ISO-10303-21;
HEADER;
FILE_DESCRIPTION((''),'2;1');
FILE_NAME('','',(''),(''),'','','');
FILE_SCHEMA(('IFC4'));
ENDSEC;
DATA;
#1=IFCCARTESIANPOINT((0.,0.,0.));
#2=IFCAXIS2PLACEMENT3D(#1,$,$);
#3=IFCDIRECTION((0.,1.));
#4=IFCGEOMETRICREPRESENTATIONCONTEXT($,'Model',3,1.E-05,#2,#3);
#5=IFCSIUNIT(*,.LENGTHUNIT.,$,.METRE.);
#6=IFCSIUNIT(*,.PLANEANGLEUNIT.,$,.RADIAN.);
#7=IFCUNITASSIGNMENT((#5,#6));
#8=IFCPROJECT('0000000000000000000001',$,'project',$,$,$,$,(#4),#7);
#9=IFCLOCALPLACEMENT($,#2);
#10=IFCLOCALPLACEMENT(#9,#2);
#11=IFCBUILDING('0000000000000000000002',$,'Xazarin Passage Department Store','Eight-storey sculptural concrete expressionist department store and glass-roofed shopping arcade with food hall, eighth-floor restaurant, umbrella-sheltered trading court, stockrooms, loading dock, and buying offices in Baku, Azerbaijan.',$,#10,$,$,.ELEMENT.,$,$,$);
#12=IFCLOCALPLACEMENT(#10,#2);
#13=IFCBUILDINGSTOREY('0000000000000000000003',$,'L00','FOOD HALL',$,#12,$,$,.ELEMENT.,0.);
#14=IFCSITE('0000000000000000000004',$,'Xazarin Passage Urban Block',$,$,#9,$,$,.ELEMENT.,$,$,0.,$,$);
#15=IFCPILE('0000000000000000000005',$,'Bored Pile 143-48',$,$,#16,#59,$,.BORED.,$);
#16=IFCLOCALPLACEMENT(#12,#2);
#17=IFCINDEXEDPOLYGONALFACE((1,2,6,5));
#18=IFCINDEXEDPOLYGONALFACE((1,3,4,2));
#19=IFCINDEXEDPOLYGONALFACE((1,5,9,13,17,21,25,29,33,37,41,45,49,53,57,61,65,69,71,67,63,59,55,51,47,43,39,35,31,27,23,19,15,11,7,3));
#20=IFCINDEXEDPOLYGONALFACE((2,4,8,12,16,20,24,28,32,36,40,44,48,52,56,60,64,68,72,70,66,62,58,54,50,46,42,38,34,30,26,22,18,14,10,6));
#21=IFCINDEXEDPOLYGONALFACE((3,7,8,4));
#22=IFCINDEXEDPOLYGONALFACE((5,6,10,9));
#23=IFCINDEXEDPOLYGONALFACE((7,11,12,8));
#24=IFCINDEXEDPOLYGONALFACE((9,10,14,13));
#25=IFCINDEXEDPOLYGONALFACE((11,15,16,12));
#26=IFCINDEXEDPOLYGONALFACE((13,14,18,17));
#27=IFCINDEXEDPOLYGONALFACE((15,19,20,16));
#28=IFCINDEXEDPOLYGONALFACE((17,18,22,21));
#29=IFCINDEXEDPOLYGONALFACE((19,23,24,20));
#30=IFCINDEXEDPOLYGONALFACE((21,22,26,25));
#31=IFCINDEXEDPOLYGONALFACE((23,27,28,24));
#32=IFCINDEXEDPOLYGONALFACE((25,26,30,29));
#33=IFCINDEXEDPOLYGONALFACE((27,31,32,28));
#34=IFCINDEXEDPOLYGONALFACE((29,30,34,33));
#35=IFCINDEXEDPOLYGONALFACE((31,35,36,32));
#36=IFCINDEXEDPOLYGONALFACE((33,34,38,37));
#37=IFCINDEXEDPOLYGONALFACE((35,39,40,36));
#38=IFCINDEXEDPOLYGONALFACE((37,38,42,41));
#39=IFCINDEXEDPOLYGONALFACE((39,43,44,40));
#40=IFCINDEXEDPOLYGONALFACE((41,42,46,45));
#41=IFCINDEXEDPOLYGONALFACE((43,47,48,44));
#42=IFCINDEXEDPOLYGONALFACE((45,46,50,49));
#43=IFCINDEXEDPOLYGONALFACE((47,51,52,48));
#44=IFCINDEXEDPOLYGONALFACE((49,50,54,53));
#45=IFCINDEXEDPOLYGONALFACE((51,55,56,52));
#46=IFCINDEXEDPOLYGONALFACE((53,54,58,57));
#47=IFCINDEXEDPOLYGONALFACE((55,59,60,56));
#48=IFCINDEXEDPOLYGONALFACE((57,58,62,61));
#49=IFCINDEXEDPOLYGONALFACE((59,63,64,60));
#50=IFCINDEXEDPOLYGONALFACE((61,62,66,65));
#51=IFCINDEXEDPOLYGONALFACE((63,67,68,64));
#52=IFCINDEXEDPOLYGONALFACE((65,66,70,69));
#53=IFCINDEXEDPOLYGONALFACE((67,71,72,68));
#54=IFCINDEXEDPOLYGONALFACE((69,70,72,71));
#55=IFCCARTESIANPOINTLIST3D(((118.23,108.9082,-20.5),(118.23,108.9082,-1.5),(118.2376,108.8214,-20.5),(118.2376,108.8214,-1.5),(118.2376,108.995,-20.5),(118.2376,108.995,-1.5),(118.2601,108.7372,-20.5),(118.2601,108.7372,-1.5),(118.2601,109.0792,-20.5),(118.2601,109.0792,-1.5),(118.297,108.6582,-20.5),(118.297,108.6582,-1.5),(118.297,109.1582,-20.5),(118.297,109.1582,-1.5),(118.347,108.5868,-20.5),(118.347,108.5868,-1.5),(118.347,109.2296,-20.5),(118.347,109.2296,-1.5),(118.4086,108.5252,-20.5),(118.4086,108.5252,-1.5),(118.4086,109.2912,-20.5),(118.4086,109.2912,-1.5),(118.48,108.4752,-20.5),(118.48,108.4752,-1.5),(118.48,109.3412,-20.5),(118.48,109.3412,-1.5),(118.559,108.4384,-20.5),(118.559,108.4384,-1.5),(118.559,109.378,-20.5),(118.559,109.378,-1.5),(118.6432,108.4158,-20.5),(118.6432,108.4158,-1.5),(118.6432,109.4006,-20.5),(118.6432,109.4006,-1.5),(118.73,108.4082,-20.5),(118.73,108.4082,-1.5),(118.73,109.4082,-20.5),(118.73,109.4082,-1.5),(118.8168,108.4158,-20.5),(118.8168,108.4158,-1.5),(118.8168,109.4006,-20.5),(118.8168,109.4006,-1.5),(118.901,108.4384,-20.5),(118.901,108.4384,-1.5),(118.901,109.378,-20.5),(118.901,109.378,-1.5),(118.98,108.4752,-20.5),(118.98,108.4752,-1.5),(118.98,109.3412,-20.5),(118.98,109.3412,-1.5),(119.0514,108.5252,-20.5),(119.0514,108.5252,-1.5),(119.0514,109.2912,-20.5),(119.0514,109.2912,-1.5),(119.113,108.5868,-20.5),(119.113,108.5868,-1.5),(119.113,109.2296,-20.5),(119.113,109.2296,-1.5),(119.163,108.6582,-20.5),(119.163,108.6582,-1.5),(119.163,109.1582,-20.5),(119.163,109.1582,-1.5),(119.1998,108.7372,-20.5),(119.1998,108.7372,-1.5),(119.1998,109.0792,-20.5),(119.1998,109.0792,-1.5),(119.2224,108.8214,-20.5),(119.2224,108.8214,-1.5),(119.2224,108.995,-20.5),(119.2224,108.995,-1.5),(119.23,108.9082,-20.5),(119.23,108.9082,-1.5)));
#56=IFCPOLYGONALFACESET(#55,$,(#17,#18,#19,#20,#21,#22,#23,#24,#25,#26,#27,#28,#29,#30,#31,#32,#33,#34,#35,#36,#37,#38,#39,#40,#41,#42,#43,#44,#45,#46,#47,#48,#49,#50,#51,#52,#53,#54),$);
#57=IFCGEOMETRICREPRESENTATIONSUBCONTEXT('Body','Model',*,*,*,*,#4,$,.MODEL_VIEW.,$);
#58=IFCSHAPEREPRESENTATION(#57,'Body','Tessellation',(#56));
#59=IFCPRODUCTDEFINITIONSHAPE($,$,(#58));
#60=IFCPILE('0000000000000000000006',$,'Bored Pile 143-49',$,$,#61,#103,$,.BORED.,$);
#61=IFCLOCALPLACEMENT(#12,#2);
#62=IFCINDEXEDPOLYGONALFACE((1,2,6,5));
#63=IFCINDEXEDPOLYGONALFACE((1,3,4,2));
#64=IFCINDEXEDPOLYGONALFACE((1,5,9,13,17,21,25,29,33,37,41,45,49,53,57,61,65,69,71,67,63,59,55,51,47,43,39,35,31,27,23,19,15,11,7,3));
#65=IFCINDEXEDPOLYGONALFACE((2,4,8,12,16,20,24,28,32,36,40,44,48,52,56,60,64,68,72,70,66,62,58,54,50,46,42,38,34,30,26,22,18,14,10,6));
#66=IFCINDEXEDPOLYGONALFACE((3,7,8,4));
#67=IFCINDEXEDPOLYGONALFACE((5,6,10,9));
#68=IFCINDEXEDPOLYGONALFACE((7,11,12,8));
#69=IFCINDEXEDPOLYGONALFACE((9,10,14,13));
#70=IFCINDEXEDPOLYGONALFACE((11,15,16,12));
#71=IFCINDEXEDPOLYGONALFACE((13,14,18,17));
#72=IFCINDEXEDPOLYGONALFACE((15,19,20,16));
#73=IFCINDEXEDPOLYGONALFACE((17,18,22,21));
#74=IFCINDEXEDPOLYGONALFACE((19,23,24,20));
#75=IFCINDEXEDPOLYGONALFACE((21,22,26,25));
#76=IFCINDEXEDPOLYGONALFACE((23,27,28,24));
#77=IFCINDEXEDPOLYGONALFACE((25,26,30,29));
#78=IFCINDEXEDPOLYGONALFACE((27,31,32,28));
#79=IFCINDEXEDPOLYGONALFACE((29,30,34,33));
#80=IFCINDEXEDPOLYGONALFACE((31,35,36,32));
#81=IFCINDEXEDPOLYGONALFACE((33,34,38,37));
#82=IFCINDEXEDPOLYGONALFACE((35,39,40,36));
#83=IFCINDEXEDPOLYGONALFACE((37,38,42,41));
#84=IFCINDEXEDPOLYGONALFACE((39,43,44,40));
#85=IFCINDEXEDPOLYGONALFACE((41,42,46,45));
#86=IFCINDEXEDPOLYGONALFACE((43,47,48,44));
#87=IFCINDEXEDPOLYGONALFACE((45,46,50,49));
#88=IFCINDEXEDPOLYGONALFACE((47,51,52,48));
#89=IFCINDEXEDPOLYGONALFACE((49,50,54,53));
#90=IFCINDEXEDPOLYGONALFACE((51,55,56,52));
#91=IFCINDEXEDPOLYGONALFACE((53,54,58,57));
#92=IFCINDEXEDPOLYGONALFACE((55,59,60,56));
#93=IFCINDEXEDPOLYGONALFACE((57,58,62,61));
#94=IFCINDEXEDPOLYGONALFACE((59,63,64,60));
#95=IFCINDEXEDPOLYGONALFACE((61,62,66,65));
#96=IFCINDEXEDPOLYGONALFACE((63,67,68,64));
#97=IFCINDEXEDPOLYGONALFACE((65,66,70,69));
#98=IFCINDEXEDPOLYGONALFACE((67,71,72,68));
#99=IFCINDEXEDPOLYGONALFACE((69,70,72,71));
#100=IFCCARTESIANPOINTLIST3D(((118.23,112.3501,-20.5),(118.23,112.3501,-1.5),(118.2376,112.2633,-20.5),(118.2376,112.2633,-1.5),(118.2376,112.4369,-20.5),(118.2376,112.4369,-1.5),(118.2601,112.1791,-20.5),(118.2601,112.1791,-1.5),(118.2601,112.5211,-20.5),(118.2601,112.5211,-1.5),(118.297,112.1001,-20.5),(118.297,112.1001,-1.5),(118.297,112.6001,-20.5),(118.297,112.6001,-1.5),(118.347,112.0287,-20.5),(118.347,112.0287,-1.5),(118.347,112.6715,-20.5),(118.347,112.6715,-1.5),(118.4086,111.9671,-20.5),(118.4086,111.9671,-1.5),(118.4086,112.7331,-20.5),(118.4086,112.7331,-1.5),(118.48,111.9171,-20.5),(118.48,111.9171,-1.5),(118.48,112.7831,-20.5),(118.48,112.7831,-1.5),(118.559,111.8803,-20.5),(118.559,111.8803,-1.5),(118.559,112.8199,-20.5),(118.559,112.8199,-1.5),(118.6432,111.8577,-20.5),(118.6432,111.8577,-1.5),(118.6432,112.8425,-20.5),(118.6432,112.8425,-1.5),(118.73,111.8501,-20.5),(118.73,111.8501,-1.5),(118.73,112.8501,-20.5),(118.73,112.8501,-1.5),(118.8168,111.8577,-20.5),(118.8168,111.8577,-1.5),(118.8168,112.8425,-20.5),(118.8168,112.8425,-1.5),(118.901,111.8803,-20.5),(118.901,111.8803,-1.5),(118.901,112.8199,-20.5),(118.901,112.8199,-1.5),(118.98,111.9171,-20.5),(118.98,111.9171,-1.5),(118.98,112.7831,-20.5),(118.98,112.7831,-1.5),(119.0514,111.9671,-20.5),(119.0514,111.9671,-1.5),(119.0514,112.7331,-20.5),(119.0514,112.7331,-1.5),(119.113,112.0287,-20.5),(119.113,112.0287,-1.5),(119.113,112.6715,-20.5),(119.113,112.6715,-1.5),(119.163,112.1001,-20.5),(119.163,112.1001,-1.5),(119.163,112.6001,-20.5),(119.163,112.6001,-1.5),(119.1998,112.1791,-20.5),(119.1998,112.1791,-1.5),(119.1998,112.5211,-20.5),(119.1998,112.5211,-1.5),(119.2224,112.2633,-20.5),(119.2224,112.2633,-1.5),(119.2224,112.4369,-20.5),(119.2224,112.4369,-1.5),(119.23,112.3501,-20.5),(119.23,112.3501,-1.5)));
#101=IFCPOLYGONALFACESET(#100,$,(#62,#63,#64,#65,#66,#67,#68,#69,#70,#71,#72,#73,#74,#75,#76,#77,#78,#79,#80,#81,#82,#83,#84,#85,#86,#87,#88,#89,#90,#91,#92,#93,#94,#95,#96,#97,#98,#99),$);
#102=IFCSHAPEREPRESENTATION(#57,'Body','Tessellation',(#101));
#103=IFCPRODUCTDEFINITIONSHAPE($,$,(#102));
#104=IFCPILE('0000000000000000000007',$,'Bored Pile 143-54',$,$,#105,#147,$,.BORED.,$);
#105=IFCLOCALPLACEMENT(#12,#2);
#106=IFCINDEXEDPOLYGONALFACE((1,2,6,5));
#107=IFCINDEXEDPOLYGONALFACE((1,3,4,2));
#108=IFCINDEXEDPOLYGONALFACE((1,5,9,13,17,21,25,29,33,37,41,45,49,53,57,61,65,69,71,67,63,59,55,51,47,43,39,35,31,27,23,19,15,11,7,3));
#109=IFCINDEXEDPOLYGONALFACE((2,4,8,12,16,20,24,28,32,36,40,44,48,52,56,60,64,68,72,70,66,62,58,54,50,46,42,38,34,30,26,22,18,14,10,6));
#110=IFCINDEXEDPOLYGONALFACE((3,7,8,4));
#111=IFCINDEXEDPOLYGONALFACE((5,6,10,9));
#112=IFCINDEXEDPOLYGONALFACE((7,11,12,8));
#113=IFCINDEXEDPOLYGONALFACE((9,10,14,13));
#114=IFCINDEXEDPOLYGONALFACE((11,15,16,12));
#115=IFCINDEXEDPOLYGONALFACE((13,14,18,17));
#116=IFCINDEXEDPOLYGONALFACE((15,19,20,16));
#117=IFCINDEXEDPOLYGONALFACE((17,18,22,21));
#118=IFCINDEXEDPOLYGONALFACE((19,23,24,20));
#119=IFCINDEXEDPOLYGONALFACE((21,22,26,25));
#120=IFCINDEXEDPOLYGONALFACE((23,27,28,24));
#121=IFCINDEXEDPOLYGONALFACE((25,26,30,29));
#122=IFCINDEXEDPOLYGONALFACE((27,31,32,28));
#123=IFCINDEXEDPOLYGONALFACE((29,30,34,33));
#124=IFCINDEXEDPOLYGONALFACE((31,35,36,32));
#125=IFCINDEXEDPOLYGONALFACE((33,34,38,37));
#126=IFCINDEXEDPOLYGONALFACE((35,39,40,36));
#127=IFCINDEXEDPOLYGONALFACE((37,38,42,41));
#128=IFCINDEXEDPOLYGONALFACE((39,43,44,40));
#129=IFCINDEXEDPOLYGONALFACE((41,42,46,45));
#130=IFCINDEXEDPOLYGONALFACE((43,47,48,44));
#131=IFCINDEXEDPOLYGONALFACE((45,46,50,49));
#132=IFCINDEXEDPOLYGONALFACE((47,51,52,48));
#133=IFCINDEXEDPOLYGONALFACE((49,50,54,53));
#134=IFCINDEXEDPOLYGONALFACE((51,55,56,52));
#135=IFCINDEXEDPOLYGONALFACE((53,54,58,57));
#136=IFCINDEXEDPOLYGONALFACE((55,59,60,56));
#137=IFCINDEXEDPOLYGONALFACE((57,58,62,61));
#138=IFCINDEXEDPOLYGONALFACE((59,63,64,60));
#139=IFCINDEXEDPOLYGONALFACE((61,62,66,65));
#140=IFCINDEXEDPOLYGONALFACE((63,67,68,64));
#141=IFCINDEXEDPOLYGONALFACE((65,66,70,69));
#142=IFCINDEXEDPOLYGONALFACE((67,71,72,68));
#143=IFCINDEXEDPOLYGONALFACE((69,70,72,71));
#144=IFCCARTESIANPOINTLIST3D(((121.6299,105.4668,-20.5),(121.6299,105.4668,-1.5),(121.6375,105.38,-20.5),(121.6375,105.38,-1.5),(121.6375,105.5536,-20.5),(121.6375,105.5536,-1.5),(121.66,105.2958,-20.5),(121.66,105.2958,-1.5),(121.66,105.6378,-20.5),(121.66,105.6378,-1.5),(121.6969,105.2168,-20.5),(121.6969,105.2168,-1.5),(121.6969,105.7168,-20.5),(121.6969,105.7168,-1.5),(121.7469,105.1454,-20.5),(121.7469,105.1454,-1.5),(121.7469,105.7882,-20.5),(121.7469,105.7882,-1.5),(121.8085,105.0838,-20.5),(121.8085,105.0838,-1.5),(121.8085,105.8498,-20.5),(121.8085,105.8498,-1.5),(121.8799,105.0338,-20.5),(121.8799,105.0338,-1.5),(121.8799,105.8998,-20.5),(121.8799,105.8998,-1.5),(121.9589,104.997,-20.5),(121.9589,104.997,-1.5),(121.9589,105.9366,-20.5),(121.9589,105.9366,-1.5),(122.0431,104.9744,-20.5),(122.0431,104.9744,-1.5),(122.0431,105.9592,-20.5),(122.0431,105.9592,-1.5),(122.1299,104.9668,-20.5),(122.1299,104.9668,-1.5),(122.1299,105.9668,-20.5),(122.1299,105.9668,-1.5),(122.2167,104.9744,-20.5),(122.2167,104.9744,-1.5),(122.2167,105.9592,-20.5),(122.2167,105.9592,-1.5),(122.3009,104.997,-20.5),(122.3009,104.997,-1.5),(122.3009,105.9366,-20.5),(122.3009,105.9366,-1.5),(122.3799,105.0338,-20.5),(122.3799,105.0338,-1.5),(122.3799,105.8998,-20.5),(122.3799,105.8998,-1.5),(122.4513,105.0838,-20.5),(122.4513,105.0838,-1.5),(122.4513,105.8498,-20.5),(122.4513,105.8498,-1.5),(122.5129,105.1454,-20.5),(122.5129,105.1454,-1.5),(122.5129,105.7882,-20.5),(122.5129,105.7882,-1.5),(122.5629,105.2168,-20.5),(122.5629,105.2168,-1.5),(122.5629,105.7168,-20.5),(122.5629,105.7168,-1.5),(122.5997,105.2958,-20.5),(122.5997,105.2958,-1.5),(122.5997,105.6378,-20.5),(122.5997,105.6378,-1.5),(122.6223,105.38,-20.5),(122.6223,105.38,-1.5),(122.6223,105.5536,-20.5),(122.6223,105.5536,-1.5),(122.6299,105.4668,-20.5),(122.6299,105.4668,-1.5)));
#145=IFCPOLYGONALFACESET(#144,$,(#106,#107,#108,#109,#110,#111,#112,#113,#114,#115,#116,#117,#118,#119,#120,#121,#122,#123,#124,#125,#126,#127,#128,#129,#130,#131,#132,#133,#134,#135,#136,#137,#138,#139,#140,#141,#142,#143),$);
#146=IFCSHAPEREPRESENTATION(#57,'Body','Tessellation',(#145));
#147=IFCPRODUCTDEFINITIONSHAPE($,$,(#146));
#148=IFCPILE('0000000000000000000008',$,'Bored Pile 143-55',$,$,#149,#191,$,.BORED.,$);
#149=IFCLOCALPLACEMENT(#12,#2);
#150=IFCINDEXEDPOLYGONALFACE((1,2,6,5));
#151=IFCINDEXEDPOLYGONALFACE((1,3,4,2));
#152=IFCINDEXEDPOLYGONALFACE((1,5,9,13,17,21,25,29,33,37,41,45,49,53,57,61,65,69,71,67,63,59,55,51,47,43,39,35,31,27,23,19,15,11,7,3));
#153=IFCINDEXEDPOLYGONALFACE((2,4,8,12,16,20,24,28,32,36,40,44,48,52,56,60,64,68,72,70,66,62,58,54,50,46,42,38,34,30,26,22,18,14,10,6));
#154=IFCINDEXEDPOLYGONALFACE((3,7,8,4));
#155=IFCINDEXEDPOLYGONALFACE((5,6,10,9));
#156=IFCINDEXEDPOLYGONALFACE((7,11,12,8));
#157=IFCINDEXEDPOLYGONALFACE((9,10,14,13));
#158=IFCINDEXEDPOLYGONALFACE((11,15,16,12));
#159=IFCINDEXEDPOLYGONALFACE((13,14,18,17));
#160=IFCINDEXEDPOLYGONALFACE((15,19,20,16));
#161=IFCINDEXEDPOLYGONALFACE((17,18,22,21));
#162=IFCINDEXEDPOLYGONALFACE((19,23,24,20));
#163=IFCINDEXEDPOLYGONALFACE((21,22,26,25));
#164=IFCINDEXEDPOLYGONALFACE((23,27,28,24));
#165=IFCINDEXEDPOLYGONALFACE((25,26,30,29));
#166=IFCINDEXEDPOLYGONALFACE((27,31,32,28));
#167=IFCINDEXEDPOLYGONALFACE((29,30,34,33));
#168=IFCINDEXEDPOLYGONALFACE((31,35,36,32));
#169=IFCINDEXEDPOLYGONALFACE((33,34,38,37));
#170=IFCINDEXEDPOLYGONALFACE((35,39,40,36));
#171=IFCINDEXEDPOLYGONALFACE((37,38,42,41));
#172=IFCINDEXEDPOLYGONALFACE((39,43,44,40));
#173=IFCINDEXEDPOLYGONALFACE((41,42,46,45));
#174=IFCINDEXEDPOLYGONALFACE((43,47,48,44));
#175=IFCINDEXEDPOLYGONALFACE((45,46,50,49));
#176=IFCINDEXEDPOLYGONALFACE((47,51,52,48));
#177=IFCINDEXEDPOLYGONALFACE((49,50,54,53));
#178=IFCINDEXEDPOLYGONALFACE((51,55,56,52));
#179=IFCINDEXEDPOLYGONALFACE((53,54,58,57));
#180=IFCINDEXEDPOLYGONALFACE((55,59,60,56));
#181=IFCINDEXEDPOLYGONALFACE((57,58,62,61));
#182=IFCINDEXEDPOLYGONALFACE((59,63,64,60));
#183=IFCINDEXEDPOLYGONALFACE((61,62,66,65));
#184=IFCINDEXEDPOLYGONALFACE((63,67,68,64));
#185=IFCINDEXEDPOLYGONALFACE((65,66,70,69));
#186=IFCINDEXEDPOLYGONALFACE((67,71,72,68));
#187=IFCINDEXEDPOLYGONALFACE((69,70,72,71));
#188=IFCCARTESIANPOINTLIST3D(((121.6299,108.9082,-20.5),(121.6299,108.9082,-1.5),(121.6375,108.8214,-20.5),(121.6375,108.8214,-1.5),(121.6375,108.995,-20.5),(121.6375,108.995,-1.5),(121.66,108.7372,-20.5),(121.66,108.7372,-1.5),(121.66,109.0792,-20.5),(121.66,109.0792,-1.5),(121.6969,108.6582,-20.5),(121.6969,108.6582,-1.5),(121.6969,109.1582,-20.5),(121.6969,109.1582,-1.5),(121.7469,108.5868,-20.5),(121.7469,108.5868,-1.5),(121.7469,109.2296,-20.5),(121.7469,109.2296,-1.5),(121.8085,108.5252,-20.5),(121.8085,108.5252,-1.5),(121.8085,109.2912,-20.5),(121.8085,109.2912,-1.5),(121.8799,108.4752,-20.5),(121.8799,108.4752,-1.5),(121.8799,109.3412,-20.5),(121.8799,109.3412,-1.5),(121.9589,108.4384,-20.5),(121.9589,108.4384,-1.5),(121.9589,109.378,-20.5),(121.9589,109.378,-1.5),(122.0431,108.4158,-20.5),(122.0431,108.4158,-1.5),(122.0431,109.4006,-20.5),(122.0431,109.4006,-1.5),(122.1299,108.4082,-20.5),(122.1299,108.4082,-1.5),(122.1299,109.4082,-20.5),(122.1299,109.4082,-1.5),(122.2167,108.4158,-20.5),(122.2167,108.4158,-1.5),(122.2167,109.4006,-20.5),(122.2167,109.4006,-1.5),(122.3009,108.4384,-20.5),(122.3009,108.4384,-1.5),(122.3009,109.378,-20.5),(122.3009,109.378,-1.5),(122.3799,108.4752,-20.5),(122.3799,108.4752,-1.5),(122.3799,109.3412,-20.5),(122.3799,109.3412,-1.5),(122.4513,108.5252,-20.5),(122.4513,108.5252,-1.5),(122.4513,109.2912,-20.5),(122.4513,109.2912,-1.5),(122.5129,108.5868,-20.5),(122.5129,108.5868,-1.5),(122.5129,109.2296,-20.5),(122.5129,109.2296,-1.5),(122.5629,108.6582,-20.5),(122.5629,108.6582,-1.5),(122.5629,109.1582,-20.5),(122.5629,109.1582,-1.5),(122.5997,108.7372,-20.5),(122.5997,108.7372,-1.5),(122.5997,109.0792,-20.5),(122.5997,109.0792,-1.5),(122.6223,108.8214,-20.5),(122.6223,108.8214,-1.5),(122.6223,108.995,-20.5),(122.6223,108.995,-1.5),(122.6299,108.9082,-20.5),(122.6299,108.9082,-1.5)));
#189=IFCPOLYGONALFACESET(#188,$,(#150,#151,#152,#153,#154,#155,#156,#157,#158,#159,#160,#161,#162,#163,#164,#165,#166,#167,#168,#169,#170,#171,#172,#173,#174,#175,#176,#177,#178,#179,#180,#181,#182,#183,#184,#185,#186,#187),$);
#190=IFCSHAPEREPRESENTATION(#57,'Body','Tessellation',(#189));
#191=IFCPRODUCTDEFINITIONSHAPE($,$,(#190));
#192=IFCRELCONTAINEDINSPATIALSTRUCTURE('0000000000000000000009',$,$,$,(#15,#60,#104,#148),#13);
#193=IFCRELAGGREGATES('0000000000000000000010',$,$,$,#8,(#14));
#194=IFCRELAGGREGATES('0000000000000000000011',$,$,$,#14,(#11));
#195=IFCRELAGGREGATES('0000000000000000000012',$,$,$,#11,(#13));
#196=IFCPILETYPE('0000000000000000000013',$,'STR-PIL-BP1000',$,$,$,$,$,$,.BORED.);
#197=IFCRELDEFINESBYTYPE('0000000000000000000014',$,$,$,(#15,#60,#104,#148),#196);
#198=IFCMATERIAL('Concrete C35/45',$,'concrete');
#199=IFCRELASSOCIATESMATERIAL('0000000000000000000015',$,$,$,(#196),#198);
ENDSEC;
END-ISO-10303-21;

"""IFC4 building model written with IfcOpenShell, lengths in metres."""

from ifc_helpers import new_model, si_unit, direction, frame, origin, origin_2d, place, context, subcontext, project, spatial, circle, extrude, material, material_profile, profile_set, type_object, element, save


model = new_model("IFC4")

# Units and contexts
model_context = context("Model", 3, precision=1e-05, world=origin(), true_north=direction((0.0, 1.0)))
body_context = subcontext(model_context, "Body", "Model", "MODEL_VIEW")
ifc_project = project(units=[si_unit("LENGTHUNIT", "METRE"), si_unit("PLANEANGLEUNIT", "RADIAN")], contexts=[model_context])

# Site, building, storey
site_placement = place(None, origin())
site = spatial("IfcSite", under=ifc_project, at=site_placement, Name="Xazarin Passage Urban Block", CompositionType="ELEMENT", RefElevation=0.0)
building_placement = place(site_placement, origin())
building = spatial("IfcBuilding", under=site, at=building_placement, Name="Xazarin Passage Department Store", Description="Eight-storey sculptural concrete expressionist department store and glass-roofed shopping arcade with food hall, eighth-floor restaurant, umbrella-sheltered trading court, stockrooms, loading dock, and buying offices in Baku, Azerbaijan.", CompositionType="ELEMENT")
storey_placement = place(building_placement, origin())
storey = spatial("IfcBuildingStorey", under=building, at=storey_placement, Name="L00", Description="FOOD HALL", CompositionType="ELEMENT", Elevation=0.0)

# Piles
ifc_material_1 = material(Name="Concrete C35/45", Category="concrete")
ifc_material_profile_1 = material_profile(ifc_material_1, circle(Radius=0.5, at=origin_2d()), Name="BP 1000")
ifc_profile_set_1 = profile_set([ifc_material_profile_1], Name="Concrete C35/45")
pile_type_1 = type_object("IfcPileType", Name="STR-PIL-BP1000", PredefinedType="BORED", material=ifc_profile_set_1)
for number, where, z_axis, x_axis, name in (
    (1, (118.73, 108.9082, -1.5), (0.0, 0.0, -1.0), (1.0, 0.0, 0.0), "Bored Pile 143-48"),
    (2, (118.73, 112.3501, -1.5), (0.0, 0.0, -1.0), (1.0, 0.0, 0.0), "Bored Pile 143-49"),
    (3, (122.1299, 105.4668, -1.5), (0.0, 0.0, -1.0), (1.0, 0.0, 0.0), "Bored Pile 143-54"),
    (4, (122.1299, 108.9082, -1.5), (0.0, 0.0, -1.0), (1.0, 0.0, 0.0), "Bored Pile 143-55"),
):
    element("IfcPile", number, at=place(storey_placement, frame(where, z_axis=z_axis, x_axis=x_axis)), inside=storey, type_object=pile_type_1, Name=name, PredefinedType="BORED", context=body_context, shape_type="SweptSolid", body=[
        extrude(circle(Radius=0.5, at=origin_2d()), origin(), (0.0, 0.0, 1.0), 19.0),
    ])

save(model, "model.ifc")
